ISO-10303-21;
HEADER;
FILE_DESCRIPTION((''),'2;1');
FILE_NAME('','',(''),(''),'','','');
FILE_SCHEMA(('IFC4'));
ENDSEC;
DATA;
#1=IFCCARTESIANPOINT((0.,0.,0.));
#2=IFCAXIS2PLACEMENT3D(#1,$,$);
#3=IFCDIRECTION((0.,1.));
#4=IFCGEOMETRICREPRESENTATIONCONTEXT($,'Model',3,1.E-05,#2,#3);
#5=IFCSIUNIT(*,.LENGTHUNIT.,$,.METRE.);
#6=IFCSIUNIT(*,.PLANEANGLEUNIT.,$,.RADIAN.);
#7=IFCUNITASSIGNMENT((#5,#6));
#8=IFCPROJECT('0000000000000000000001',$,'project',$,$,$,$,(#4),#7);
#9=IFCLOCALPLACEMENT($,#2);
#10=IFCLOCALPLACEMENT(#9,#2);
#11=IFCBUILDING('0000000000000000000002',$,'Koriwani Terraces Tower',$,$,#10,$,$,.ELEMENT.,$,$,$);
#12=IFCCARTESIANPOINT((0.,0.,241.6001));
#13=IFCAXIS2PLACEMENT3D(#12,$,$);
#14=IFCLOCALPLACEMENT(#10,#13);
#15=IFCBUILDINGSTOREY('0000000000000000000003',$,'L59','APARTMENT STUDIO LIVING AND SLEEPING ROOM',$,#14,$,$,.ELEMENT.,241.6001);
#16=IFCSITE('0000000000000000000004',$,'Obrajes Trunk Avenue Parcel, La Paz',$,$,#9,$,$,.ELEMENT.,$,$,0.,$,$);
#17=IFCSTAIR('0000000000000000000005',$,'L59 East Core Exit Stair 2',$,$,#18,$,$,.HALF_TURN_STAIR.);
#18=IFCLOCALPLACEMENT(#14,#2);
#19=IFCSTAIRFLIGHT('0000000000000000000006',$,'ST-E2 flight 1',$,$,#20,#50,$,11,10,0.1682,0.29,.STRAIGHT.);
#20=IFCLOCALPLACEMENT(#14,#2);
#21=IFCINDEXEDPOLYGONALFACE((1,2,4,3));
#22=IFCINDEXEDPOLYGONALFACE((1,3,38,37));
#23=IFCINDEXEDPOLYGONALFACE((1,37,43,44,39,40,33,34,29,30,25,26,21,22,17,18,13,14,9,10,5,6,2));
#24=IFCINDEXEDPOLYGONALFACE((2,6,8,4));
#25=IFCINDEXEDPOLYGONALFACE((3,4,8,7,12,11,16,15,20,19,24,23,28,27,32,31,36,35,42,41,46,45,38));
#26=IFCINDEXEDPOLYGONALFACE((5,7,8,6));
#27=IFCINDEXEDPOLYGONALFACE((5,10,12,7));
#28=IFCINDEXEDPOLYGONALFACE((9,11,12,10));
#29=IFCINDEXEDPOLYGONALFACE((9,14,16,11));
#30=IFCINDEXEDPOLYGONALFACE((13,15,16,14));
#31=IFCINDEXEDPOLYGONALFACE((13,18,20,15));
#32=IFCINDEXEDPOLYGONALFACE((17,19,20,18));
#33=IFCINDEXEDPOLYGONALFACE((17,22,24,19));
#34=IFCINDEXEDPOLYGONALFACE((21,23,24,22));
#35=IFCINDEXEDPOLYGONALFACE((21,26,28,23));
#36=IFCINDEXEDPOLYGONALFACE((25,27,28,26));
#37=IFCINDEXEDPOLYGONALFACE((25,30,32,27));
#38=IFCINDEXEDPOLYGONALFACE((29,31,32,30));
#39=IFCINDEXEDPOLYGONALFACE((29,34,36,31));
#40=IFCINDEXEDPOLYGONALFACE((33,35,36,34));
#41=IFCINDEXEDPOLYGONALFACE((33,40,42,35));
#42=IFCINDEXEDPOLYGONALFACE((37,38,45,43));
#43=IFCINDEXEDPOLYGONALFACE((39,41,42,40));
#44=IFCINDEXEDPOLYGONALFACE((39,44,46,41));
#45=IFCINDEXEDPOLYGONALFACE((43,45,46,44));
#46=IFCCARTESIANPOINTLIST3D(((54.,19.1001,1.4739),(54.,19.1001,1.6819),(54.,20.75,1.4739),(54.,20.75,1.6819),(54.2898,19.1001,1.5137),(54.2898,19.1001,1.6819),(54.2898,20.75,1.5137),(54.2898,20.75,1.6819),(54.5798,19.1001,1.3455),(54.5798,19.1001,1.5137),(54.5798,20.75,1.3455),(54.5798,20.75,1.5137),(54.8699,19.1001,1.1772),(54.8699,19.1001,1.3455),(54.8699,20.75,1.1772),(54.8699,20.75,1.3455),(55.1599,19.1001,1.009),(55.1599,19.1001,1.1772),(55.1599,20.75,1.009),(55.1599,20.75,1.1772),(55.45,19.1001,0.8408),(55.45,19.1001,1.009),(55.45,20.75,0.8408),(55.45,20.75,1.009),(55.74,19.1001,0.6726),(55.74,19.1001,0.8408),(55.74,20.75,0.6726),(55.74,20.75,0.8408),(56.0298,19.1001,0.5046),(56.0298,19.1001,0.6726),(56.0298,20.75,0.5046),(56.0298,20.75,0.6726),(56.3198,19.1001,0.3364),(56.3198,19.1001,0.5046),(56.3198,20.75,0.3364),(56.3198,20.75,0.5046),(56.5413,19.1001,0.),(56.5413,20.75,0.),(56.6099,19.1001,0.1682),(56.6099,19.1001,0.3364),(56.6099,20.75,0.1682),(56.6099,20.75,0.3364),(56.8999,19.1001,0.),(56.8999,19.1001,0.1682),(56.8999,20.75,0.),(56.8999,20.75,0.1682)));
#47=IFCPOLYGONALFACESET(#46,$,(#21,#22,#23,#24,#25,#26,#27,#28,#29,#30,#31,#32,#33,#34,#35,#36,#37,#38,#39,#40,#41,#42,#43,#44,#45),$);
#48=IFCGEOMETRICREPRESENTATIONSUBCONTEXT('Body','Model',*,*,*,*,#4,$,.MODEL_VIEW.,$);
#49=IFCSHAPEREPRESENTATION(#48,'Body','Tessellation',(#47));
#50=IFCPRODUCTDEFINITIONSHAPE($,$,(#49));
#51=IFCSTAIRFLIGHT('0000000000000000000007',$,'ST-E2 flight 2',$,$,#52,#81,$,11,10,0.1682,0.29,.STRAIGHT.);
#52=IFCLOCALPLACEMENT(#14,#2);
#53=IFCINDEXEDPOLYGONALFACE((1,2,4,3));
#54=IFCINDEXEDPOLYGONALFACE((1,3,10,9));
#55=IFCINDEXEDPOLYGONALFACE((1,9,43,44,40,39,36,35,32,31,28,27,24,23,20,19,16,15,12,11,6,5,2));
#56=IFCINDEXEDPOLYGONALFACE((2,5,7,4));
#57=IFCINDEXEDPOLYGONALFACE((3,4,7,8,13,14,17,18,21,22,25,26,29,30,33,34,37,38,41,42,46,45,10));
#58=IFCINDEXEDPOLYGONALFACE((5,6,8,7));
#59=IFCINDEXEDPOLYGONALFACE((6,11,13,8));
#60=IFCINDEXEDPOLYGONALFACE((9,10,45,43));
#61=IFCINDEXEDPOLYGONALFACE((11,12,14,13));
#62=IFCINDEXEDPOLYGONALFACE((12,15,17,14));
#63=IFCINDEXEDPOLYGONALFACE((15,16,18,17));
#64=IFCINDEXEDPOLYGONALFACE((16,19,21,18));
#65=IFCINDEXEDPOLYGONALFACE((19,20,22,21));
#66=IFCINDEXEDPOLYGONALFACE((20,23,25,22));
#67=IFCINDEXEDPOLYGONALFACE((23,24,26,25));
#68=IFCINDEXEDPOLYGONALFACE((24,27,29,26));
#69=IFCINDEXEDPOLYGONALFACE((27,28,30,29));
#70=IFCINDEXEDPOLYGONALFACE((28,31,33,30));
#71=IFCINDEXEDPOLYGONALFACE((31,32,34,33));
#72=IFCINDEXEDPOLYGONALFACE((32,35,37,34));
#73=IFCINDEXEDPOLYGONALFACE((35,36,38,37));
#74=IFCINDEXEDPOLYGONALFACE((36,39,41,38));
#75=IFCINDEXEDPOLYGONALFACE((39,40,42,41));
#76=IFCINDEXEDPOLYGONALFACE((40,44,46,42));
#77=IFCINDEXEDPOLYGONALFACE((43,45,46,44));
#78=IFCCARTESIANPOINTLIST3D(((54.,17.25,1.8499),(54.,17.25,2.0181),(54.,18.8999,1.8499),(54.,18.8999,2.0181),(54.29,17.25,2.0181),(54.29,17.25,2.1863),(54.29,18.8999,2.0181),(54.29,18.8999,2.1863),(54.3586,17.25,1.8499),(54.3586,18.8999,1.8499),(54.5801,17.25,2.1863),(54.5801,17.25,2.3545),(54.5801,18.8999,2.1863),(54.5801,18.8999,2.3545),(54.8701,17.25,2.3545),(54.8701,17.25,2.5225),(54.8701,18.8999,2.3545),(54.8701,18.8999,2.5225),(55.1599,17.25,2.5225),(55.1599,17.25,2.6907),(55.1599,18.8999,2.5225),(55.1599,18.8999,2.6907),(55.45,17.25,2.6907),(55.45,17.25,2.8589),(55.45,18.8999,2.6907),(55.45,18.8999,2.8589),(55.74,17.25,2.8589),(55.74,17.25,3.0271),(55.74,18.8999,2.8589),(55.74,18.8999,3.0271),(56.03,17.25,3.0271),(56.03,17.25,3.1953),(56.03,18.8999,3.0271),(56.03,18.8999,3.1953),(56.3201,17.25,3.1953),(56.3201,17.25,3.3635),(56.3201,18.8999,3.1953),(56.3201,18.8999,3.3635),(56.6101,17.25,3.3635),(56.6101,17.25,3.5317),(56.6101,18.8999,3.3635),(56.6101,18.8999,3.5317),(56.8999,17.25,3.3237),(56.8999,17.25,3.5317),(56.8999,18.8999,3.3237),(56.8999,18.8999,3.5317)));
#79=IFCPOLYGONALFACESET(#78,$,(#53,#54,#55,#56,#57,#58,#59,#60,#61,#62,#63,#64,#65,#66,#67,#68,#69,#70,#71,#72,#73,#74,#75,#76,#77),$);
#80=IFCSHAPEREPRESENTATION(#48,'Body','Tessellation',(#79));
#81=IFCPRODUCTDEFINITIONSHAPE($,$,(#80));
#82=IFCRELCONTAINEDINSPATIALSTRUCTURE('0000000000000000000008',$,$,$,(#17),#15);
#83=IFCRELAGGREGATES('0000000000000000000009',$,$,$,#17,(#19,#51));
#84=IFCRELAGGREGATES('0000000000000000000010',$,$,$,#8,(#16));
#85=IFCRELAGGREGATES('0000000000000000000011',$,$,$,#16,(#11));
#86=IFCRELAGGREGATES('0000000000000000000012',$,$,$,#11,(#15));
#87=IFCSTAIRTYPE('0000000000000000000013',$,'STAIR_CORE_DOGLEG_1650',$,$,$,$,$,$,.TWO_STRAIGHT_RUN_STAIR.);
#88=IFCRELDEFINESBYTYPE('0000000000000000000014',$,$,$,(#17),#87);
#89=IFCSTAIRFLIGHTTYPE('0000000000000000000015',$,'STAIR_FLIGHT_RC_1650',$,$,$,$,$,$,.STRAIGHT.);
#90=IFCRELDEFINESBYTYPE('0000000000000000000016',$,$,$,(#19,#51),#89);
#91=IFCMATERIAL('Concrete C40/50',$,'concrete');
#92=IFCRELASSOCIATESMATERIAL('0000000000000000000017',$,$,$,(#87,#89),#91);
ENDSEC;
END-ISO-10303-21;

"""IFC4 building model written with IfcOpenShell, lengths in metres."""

from ifc_helpers import new_model, si_unit, direction, frame, origin, place, context, subcontext, project, spatial, polyline, outline, extrude, material, type_object, element, aggregate, save


model = new_model("IFC4")

# Units and contexts
model_context = context("Model", 3, precision=1e-05, world=origin(), true_north=direction((0.0, 1.0)))
body_context = subcontext(model_context, "Body", "Model", "MODEL_VIEW")
ifc_project = project(units=[si_unit("LENGTHUNIT", "METRE"), si_unit("PLANEANGLEUNIT", "RADIAN")], contexts=[model_context])

# Site, building, storey
site_placement = place(None, origin())
site = spatial("IfcSite", under=ifc_project, at=site_placement, Name="Obrajes Trunk Avenue Parcel, La Paz", CompositionType="ELEMENT", RefElevation=0.0)
building_placement = place(site_placement, origin())
building = spatial("IfcBuilding", under=site, at=building_placement, Name="Koriwani Terraces Tower", CompositionType="ELEMENT")
storey_placement = place(building_placement, frame((0.0, 0.0, 241.6001)))
storey = spatial("IfcBuildingStorey", under=building, at=storey_placement, Name="L59", Description="APARTMENT STUDIO LIVING AND SLEEPING ROOM", CompositionType="ELEMENT", Elevation=241.6001)

# Shared definitions
ifc_material_1 = material(Name="Concrete C40/50", Category="concrete")

# Stair, stair flights
stair_type = type_object("IfcStairType", Name="STAIR_CORE_DOGLEG_1650", PredefinedType="TWO_STRAIGHT_RUN_STAIR", material=ifc_material_1)
stair_placement = place(storey_placement, origin())
stair = element("IfcStair", 1, at=stair_placement, inside=storey, type_object=stair_type, Name="L59 East Core Exit Stair 2", PredefinedType="HALF_TURN_STAIR")
stair_flight_type = type_object("IfcStairFlightType", Name="STAIR_FLIGHT_RC_1650", PredefinedType="STRAIGHT", material=ifc_material_1)
stair_flight_1_placement = place(storey_placement, frame((56.8999, 19.925, 0.0), z_axis=(0.0, 0.0, 1.0), x_axis=(-1.0, 0.0, 0.0)))
stair_flight_1 = element("IfcStairFlight", 2, at=stair_flight_1_placement, type_object=stair_flight_type, Name="ST-E2 flight 1", NumberOfRisers=11, NumberOfTreads=10, PredefinedType="STRAIGHT", RiserHeight=0.1682, TreadLength=0.29, context=body_context, shape_type="SweptSolid", body=[
    extrude(outline(polyline([(0.0, 0.0), (0.0, 0.1682), (0.29, 0.1682), (0.29, 0.3364), (0.5801, 0.3364), (0.5801, 0.5046), (0.8701, 0.5046), (0.8701, 0.6726), (1.1599, 0.6726), (1.1599, 0.8408), (1.45, 0.8408), (1.45, 1.009), (1.74, 1.009), (1.74, 1.1772), (2.03, 1.1772), (2.03, 1.3455), (2.3201, 1.3455), (2.3201, 1.5137), (2.6101, 1.5137), (2.6101, 1.6819), (2.8999, 1.6819), (2.8999, 1.8501), (2.8999, 1.4739), (0.3586, 0.0), (0.0, 0.0)])), frame((0.0, 0.825, 0.0), z_axis=(0.0, -1.0, 0.0), x_axis=(1.0, 0.0, 0.0)), (0.0, 0.0, 1.0), 1.6499),
])
stair_flight_2_placement = place(storey_placement, frame((54.0, 18.075, 1.8499), z_axis=(0.0, 0.0, 1.0), x_axis=(1.0, 0.0, 0.0)))
stair_flight_2 = element("IfcStairFlight", 3, at=stair_flight_2_placement, type_object=stair_flight_type, Name="ST-E2 flight 2", NumberOfRisers=11, NumberOfTreads=10, PredefinedType="STRAIGHT", RiserHeight=0.1682, TreadLength=0.29, context=body_context, shape_type="SweptSolid", body=[
    extrude(outline(polyline([(0.0, 0.0), (0.0, 0.1682), (0.29, 0.1682), (0.29, 0.3364), (0.5801, 0.3364), (0.5801, 0.5046), (0.8701, 0.5046), (0.8701, 0.6726), (1.1599, 0.6726), (1.1599, 0.8408), (1.45, 0.8408), (1.45, 1.009), (1.74, 1.009), (1.74, 1.1772), (2.03, 1.1772), (2.03, 1.3455), (2.3201, 1.3455), (2.3201, 1.5137), (2.6101, 1.5137), (2.6101, 1.6819), (2.8999, 1.6819), (2.8999, 1.8501), (2.8999, 1.4739), (0.3586, 0.0), (0.0, 0.0)])), frame((0.0, 0.825, 0.0), z_axis=(0.0, -1.0, 0.0), x_axis=(1.0, 0.0, 0.0)), (0.0, 0.0, 1.0), 1.6499),
])
aggregate(stair, [stair_flight_1, stair_flight_2])

save(model, "model.ifc")
